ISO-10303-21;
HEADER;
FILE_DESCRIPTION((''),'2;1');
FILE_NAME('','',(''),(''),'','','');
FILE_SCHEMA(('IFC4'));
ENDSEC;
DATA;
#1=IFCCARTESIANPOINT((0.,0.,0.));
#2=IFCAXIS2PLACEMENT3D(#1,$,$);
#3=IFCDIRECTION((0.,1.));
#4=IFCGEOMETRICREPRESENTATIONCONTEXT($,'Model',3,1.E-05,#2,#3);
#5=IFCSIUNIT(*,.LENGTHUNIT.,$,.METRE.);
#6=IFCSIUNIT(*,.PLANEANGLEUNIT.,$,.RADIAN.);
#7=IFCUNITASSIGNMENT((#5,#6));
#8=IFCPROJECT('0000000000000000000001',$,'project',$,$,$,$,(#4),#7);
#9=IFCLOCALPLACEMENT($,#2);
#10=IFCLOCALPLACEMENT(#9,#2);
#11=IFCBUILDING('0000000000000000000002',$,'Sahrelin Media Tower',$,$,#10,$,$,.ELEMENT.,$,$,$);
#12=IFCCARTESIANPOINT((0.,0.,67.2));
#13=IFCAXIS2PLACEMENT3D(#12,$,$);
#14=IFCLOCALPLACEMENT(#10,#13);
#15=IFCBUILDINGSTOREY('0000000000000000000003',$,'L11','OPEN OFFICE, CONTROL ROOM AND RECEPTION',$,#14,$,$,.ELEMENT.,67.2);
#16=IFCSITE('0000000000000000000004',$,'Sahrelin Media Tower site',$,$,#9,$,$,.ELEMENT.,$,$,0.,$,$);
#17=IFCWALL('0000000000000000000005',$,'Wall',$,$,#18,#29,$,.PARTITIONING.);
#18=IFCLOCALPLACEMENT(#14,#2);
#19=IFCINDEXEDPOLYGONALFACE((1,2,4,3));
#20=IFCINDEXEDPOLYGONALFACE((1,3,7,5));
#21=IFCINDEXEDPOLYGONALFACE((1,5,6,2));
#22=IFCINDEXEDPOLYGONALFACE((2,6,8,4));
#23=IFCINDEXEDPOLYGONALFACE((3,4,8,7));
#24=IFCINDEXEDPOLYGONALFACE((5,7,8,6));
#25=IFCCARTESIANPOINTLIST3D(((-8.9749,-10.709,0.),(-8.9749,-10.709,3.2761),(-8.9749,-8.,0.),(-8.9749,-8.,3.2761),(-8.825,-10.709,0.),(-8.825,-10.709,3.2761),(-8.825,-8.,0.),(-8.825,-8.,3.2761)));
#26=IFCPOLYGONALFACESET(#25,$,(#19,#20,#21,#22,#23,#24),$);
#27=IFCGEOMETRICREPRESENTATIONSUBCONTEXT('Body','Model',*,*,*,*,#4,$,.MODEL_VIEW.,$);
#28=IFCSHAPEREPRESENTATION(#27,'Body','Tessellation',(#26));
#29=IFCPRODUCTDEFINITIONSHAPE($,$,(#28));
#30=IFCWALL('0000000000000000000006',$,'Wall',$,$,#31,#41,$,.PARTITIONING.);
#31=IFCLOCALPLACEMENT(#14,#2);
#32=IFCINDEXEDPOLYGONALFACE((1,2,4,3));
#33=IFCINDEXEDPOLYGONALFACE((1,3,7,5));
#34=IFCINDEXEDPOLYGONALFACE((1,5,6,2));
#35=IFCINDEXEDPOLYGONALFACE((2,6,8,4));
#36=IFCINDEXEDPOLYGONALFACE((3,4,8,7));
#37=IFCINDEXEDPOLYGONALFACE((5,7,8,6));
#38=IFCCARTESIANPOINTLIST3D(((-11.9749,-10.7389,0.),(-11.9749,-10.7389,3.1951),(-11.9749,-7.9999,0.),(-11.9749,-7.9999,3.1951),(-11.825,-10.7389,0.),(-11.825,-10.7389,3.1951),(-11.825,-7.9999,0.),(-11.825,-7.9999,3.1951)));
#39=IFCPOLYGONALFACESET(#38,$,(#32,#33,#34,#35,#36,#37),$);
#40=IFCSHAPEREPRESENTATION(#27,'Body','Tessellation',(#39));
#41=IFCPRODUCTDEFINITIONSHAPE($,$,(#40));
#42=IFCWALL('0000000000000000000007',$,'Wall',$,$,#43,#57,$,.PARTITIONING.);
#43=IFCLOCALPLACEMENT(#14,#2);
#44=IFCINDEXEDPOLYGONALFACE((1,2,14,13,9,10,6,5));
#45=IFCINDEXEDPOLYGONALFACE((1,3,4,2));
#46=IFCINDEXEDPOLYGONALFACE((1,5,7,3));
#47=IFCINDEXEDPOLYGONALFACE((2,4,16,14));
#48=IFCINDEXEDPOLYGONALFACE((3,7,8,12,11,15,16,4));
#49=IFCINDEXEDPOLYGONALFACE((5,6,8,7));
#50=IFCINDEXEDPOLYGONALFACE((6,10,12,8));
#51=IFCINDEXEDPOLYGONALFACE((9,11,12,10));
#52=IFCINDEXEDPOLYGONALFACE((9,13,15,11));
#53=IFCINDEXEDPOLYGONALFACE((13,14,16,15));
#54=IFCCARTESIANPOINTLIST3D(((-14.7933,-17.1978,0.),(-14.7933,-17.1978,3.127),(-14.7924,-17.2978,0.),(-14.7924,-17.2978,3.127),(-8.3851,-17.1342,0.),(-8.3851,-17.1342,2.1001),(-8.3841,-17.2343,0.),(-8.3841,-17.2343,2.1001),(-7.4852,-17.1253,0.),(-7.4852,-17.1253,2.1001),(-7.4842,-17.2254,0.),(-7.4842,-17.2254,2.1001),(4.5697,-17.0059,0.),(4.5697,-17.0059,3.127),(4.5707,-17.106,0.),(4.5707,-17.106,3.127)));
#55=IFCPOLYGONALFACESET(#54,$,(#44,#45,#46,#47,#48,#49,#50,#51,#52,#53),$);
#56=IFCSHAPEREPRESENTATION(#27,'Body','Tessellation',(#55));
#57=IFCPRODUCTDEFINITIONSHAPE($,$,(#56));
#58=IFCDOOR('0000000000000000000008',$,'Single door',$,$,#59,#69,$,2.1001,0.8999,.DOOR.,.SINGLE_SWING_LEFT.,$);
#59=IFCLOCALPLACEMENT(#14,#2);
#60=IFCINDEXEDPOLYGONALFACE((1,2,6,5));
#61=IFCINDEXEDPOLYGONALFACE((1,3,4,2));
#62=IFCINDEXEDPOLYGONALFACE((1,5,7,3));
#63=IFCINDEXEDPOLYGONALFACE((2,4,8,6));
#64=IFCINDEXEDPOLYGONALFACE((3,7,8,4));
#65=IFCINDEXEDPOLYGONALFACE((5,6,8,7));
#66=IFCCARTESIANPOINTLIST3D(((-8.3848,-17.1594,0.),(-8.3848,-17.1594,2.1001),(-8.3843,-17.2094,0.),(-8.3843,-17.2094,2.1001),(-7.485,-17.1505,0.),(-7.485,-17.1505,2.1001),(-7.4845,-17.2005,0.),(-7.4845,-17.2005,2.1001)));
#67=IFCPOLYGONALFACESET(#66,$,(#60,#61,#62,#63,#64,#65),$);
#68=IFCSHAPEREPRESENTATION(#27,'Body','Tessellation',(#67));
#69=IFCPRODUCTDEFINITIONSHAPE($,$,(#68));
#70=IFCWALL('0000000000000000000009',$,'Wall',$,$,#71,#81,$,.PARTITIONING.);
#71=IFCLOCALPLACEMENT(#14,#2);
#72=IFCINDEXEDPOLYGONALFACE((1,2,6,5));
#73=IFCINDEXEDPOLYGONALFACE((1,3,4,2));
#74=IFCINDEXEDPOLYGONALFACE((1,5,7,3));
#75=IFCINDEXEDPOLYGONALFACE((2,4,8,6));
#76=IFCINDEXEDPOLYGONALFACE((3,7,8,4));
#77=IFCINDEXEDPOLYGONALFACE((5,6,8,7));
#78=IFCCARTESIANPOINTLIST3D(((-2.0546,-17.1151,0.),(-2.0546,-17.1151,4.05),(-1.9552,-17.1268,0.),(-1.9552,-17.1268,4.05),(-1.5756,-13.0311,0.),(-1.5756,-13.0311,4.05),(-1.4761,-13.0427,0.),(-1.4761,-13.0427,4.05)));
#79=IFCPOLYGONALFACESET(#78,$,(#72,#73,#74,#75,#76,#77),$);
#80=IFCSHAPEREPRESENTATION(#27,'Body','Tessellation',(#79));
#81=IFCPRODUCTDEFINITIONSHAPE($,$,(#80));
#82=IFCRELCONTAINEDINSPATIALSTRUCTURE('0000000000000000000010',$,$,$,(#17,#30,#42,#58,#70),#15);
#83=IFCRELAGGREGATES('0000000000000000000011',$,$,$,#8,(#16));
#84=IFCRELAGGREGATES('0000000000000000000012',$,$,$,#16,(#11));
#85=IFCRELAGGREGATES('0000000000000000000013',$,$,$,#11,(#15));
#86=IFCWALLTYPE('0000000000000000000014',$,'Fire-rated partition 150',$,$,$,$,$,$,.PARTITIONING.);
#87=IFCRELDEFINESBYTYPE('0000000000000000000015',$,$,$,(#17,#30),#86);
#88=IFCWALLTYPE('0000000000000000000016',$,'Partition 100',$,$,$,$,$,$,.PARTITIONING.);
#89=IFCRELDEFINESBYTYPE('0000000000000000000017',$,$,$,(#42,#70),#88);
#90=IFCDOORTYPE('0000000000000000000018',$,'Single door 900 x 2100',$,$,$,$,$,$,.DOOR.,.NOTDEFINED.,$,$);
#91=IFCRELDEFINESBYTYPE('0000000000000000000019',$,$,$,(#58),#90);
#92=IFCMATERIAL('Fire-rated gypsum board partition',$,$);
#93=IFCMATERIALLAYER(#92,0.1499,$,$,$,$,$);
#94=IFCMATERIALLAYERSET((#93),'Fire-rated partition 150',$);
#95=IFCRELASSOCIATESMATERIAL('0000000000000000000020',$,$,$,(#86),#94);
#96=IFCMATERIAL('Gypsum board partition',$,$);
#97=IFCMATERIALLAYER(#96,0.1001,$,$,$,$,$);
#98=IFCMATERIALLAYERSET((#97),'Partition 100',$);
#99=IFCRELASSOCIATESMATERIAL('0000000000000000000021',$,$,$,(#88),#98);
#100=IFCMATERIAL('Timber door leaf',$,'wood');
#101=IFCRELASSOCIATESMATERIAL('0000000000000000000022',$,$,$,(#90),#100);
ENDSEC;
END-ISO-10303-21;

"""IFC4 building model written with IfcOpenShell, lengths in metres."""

from ifc_helpers import new_model, si_unit, direction, frame, frame_2d, origin, place, context, subcontext, project, spatial, rectangle, extrude, material, layer, layer_set, type_object, element, fill, save


model = new_model("IFC4")

# Units and contexts
model_context = context("Model", 3, precision=1e-05, world=origin(), true_north=direction((0.0, 1.0)))
body_context = subcontext(model_context, "Body", "Model", "MODEL_VIEW")
ifc_project = project(units=[si_unit("LENGTHUNIT", "METRE"), si_unit("PLANEANGLEUNIT", "RADIAN")], contexts=[model_context])

# Site, building, storey
site_placement = place(None, origin())
site = spatial("IfcSite", under=ifc_project, at=site_placement, Name="Sahrelin Media Tower site", CompositionType="ELEMENT", RefElevation=0.0)
building_placement = place(site_placement, origin())
building = spatial("IfcBuilding", under=site, at=building_placement, Name="Sahrelin Media Tower", CompositionType="ELEMENT")
storey_placement = place(building_placement, frame((0.0, 0.0, 67.2)))
storey = spatial("IfcBuildingStorey", under=building, at=storey_placement, Name="L11", Description="OPEN OFFICE, CONTROL ROOM AND RECEPTION", CompositionType="ELEMENT", Elevation=67.2)

# Shared definitions
ifc_material_1 = material(Name="Fire-rated gypsum board partition")
ifc_layer_1 = layer(ifc_material_1, 0.1499)
ifc_layer_set_1 = layer_set([ifc_layer_1], Name="Fire-rated partition 150")
wall_type_1 = type_object("IfcWallType", Name="Fire-rated partition 150", PredefinedType="PARTITIONING", material=ifc_layer_set_1)

# Walls
wall_1_placement = place(storey_placement, frame((-8.8999, -10.709, 0.0), z_axis=(0.0, 0.0, 1.0), x_axis=(0.0, 1.0, 0.0)))
element("IfcWall", 1, at=wall_1_placement, inside=storey, type_object=wall_type_1, Name="Wall", PredefinedType="PARTITIONING", context=body_context, shape_type="SweptSolid", body=[
    extrude(rectangle(XDim=2.709, YDim=0.1499, at=frame_2d((1.3545, 0.0))), origin(), (0.0, 0.0, 1.0), 3.2761),
])
wall_2_placement = place(storey_placement, frame((-11.8999, -10.739, 0.0), z_axis=(0.0, 0.0, 1.0), x_axis=(0.0, 1.0, 0.0)))
element("IfcWall", 2, at=wall_2_placement, inside=storey, type_object=wall_type_1, Name="Wall", PredefinedType="PARTITIONING", context=body_context, shape_type="SweptSolid", body=[
    extrude(rectangle(XDim=2.739, YDim=0.1499, at=frame_2d((1.3696, 0.0))), origin(), (0.0, 0.0, 1.0), 3.1951),
])

# Wall, opening, door
ifc_material_2 = material(Name="Gypsum board partition")
ifc_layer_2 = layer(ifc_material_2, 0.1001)
ifc_layer_set_2 = layer_set([ifc_layer_2], Name="Partition 100")
wall_type_2 = type_object("IfcWallType", Name="Partition 100", PredefinedType="PARTITIONING", material=ifc_layer_set_2)
wall_3_placement = place(storey_placement, frame((-14.793, -17.2478, 0.0), z_axis=(0.0, 0.0, 1.0), x_axis=(0.999951, 0.00991, 0.0)))
wall_3 = element("IfcWall", 3, at=wall_3_placement, inside=storey, type_object=wall_type_2, Name="Wall", PredefinedType="PARTITIONING", context=body_context, shape_type="SweptSolid", body=[
    extrude(rectangle(XDim=19.364, YDim=0.1001, at=frame_2d((9.6821, 0.0))), origin(), (0.0, 0.0, 1.0), 3.127),
])
opening_1_placement = place(wall_3_placement, frame((6.4087, 0.0, 0.0)))
opening_1 = element("IfcOpeningElement", 4, at=opening_1_placement, cuts=wall_3, PredefinedType="OPENING", context=body_context, shape_type="SweptSolid", body=[
    extrude(rectangle(XDim=0.8999, YDim=2.1001, at=frame_2d((0.45, 1.05))), frame((0.0, 0.05, 0.0), z_axis=(0.0, -1.0, 0.0), x_axis=(1.0, 0.0, 0.0)), (0.0, 0.0, 1.0), 0.1001),
])
ifc_material_3 = material(Name="Timber door leaf", Category="wood")
door_type_1 = type_object("IfcDoorType", Name="Single door 900 x 2100", OperationType="NOTDEFINED", PredefinedType="DOOR", material=ifc_material_3)
door_1_placement = place(opening_1_placement, origin())
door_1 = element("IfcDoor", 5, at=door_1_placement, inside=storey, type_object=door_type_1, Name="Single door", OperationType="SINGLE_SWING_LEFT", OverallHeight=2.1001, OverallWidth=0.8999, PredefinedType="DOOR", context=body_context, shape_type="SweptSolid", body=[
    extrude(rectangle(XDim=0.8999, YDim=2.1001, at=frame_2d((0.45, 1.05))), frame((0.0, 0.0249, 0.0), z_axis=(0.0, -1.0, 0.0), x_axis=(1.0, 0.0, 0.0)), (0.0, 0.0, 1.0), 0.05),
])
fill(opening_1, door_1)

# Wall
wall_4_placement = place(storey_placement, frame((-2.0049, -17.1211, 0.0), z_axis=(0.0, 0.0, 1.0), x_axis=(0.11649, 0.993192, 0.0)))
element("IfcWall", 6, at=wall_4_placement, inside=storey, type_object=wall_type_2, Name="Wall", PredefinedType="PARTITIONING", context=body_context, shape_type="SweptSolid", body=[
    extrude(rectangle(XDim=4.1121, YDim=0.1001, at=frame_2d((2.0562, 0.0))), origin(), (0.0, 0.0, 1.0), 4.05),
])

save(model, "model.ifc")
